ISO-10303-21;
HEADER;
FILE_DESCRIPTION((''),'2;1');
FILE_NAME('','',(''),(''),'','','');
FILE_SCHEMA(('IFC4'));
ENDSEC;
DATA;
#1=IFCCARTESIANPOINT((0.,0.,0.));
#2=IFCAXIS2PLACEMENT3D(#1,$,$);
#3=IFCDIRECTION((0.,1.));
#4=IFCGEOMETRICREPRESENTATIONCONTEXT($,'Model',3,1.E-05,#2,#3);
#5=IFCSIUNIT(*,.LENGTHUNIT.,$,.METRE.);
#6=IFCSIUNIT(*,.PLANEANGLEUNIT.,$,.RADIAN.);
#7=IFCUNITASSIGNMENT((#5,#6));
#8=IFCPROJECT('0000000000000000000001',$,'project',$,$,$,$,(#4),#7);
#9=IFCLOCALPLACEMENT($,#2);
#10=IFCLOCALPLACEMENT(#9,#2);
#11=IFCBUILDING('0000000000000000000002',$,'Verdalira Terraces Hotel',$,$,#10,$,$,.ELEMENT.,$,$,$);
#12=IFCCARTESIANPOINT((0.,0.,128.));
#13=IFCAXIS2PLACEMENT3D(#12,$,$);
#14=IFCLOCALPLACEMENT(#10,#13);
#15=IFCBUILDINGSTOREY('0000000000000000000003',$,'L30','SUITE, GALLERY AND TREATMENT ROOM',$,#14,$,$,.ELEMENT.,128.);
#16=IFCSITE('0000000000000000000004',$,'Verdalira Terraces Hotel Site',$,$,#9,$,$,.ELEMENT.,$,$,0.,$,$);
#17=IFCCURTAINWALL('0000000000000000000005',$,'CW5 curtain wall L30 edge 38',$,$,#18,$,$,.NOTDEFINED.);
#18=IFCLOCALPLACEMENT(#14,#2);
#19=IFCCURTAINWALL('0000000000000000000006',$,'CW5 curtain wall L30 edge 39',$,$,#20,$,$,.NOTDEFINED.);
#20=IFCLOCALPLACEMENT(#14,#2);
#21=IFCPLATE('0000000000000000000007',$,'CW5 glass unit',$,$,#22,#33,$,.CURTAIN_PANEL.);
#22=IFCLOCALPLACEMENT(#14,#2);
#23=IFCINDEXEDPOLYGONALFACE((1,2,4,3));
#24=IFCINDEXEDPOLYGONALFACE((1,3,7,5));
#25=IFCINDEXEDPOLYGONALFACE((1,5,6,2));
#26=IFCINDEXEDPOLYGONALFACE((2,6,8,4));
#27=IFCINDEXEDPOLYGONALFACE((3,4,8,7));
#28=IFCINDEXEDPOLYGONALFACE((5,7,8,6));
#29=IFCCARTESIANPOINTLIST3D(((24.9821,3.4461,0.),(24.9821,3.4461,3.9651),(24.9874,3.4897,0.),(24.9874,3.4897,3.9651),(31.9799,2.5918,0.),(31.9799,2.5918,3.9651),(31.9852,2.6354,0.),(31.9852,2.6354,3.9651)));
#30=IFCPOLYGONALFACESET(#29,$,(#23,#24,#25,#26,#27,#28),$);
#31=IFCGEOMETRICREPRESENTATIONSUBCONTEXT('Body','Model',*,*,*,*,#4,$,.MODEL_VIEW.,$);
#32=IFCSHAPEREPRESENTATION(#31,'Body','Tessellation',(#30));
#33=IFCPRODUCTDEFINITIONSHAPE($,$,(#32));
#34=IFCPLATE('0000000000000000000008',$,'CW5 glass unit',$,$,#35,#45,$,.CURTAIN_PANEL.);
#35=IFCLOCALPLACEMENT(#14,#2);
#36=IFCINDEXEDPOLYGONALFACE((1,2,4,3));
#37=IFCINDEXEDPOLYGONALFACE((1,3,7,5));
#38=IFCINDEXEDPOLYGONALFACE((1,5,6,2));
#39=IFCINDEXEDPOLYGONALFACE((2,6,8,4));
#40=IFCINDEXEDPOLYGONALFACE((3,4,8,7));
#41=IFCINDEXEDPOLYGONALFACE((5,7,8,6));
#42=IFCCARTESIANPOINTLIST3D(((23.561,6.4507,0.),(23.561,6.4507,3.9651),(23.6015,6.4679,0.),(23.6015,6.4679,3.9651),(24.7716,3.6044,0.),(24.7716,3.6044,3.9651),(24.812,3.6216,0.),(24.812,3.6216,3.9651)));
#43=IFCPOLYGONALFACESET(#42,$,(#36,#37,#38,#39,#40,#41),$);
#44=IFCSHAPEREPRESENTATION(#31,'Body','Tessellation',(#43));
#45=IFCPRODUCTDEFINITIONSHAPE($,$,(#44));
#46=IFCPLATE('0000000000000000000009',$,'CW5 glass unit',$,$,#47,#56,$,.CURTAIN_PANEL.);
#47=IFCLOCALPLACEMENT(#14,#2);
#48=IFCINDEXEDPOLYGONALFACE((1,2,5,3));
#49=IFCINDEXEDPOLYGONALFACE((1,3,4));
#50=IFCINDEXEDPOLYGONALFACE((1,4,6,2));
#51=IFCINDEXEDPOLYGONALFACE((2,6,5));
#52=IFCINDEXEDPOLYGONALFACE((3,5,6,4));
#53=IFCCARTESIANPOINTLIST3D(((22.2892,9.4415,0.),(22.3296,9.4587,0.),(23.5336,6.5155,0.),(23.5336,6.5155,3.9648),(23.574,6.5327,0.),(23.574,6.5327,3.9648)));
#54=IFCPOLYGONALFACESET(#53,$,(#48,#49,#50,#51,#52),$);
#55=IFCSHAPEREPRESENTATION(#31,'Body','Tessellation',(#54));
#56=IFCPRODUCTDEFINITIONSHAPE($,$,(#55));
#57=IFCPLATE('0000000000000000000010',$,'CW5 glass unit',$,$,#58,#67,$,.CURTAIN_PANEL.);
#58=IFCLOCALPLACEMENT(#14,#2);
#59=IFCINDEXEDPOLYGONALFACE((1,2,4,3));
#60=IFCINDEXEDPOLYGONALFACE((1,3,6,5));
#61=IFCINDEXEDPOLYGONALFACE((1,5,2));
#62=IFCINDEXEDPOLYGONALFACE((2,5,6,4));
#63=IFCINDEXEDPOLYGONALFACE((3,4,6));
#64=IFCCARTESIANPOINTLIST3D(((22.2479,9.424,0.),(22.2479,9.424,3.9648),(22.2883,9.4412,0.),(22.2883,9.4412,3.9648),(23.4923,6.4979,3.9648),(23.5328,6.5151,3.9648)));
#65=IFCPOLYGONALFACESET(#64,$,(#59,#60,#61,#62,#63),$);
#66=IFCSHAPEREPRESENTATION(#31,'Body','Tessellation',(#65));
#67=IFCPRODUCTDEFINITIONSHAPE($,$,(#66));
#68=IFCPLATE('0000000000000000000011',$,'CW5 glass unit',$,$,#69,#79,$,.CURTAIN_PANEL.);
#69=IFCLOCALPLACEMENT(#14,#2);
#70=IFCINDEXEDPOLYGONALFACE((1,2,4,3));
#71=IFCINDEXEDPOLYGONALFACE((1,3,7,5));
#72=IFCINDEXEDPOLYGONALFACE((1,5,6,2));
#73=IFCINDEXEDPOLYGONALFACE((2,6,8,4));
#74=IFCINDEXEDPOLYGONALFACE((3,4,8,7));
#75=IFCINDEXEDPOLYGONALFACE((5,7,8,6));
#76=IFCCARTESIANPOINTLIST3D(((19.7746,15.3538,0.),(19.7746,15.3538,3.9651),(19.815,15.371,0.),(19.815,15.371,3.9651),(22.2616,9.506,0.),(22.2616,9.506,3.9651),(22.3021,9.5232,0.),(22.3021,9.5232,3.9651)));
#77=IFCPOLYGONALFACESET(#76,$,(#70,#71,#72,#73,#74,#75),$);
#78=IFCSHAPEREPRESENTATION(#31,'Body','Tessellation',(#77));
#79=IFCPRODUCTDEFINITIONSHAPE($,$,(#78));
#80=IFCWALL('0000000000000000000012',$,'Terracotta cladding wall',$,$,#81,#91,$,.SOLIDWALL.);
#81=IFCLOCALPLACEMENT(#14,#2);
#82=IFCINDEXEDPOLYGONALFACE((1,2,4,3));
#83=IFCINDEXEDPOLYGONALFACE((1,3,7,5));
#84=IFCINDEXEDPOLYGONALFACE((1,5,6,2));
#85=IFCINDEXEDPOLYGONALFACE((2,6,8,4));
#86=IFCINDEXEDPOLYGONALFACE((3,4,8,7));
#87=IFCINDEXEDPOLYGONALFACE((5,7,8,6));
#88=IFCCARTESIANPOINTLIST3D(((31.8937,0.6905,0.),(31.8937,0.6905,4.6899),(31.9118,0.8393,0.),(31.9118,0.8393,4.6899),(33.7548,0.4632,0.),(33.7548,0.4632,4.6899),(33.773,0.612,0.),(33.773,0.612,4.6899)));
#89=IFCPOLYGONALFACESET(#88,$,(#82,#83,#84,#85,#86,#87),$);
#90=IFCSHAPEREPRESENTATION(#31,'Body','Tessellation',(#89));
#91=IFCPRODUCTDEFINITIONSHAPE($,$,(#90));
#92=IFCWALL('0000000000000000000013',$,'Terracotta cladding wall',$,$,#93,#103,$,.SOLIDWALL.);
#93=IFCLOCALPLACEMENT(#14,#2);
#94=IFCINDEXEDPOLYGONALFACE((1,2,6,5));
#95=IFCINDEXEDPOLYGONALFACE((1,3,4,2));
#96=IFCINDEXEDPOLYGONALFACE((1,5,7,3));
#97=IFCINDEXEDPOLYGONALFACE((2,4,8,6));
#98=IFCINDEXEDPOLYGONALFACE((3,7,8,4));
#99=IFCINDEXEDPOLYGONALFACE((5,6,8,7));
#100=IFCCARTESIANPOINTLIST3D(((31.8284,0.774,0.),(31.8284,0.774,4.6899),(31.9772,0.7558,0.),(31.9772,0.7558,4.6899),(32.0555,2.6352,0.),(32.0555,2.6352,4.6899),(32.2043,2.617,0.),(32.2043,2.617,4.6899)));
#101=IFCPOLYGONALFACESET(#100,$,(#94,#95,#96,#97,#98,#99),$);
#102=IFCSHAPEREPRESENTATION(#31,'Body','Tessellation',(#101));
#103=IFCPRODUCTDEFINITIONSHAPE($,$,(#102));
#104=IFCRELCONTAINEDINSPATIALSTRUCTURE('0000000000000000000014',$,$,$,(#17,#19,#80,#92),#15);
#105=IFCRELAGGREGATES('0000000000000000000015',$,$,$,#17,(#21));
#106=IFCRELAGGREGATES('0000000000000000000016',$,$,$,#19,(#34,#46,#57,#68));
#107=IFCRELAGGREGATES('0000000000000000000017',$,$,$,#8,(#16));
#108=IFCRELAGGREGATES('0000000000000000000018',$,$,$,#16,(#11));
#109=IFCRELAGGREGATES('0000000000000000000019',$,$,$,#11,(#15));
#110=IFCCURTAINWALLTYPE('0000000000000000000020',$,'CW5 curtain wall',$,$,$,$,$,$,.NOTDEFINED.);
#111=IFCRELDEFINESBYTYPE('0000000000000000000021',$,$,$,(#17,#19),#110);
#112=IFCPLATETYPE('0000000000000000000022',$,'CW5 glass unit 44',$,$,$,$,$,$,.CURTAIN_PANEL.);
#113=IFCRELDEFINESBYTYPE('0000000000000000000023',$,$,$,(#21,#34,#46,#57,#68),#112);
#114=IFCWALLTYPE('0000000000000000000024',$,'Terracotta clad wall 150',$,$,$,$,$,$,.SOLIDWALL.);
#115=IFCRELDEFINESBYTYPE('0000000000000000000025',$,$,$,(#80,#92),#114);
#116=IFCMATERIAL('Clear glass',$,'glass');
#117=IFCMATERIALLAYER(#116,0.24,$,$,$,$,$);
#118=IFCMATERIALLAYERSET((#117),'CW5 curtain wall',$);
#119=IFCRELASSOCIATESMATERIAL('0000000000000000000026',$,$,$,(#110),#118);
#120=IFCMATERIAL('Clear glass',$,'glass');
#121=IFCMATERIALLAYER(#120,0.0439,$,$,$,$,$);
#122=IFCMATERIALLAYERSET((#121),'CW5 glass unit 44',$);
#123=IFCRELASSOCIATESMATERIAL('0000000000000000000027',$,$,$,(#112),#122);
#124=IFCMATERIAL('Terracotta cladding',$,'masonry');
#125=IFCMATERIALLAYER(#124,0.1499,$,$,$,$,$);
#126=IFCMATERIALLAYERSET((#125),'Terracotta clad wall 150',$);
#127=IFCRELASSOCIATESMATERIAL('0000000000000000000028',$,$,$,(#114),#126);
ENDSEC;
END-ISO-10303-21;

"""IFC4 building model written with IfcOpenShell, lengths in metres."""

from ifc_helpers import new_model, si_unit, direction, frame, frame_2d, origin, origin_2d, place, context, subcontext, project, spatial, polyline, rectangle, outline, extrude, material, layer, layer_set, type_object, element, aggregate, save


model = new_model("IFC4")

# Units and contexts
model_context = context("Model", 3, precision=1e-05, world=origin(), true_north=direction((0.0, 1.0)))
body_context = subcontext(model_context, "Body", "Model", "MODEL_VIEW")
ifc_project = project(units=[si_unit("LENGTHUNIT", "METRE"), si_unit("PLANEANGLEUNIT", "RADIAN")], contexts=[model_context])

# Site, building, storey
site_placement = place(None, origin())
site = spatial("IfcSite", under=ifc_project, at=site_placement, Name="Verdalira Terraces Hotel Site", CompositionType="ELEMENT", RefElevation=0.0)
building_placement = place(site_placement, origin())
building = spatial("IfcBuilding", under=site, at=building_placement, Name="Verdalira Terraces Hotel", CompositionType="ELEMENT")
storey_placement = place(building_placement, frame((0.0, 0.0, 128.0)))
storey = spatial("IfcBuildingStorey", under=building, at=storey_placement, Name="L30", Description="SUITE, GALLERY AND TREATMENT ROOM", CompositionType="ELEMENT", Elevation=128.0)

# Curtain walls
ifc_material_1 = material(Name="Clear glass", Category="glass")
ifc_layer_1 = layer(ifc_material_1, 0.24)
ifc_layer_set_1 = layer_set([ifc_layer_1], Name="CW5 curtain wall")
curtain_wall_type = type_object("IfcCurtainWallType", Name="CW5 curtain wall", PredefinedType="NOTDEFINED", material=ifc_layer_set_1)
curtain_wall_1_placement = place(storey_placement, origin())
curtain_wall_1 = element("IfcCurtainWall", 1, at=curtain_wall_1_placement, inside=storey, type_object=curtain_wall_type, Name="CW5 curtain wall L30 edge 38", PredefinedType="NOTDEFINED")
curtain_wall_2_placement = place(storey_placement, origin())
curtain_wall_2 = element("IfcCurtainWall", 2, at=curtain_wall_2_placement, inside=storey, type_object=curtain_wall_type, Name="CW5 curtain wall L30 edge 39", PredefinedType="NOTDEFINED")

# Plates
ifc_material_2 = material(Name="Clear glass", Category="glass")
ifc_layer_2 = layer(ifc_material_2, 0.0439)
ifc_layer_set_2 = layer_set([ifc_layer_2], Name="CW5 glass unit 44")
plate_type = type_object("IfcPlateType", Name="CW5 glass unit 44", PredefinedType="CURTAIN_PANEL", material=ifc_layer_set_2)
plate_1_placement = place(storey_placement, frame((28.4836, 3.0408, 0.0), z_axis=(0.0, 0.0, 1.0), x_axis=(-0.992631, 0.121176, 0.0)))
plate_1 = element("IfcPlate", 3, at=plate_1_placement, type_object=plate_type, Name="CW5 glass unit", PredefinedType="CURTAIN_PANEL", context=body_context, shape_type="SweptSolid", body=[
    extrude(rectangle(XDim=7.0498, YDim=0.0439, at=origin_2d()), origin(), (0.0, 0.0, 1.0), 3.9651),
])
aggregate(curtain_wall_1, [plate_1])
plate_2_placement = place(storey_placement, frame((24.1865, 5.0361, 0.0), z_axis=(0.0, 0.0, 1.0), x_axis=(-0.391374, 0.920232, 0.0)))
plate_2 = element("IfcPlate", 4, at=plate_2_placement, type_object=plate_type, Name="CW5 glass unit", PredefinedType="CURTAIN_PANEL", context=body_context, shape_type="SweptSolid", body=[
    extrude(rectangle(XDim=3.093, YDim=0.0439, at=origin_2d()), origin(), (0.0, 0.0, 1.0), 3.9651),
])
plate_3_placement = place(storey_placement, frame((22.9114, 7.9785, 1.9824), z_axis=(0.920232, 0.391374, 0.0), x_axis=(-0.391374, 0.920232, 0.0)))
plate_3 = element("IfcPlate", 5, at=plate_3_placement, type_object=plate_type, Name="CW5 glass unit", PredefinedType="CURTAIN_PANEL", context=body_context, shape_type="SweptSolid", body=[
    extrude(outline(polyline([(-1.5898, -1.9824), (1.5898, -1.9824), (-1.5898, 1.9824), (-1.5898, -1.9824)])), origin(), (0.0, 0.0, 1.0), 0.0439),
])
plate_4_placement = place(storey_placement, frame((22.8701, 7.9609, 1.9824), z_axis=(0.920232, 0.391374, 0.0), x_axis=(-0.391374, 0.920232, 0.0)))
plate_4 = element("IfcPlate", 6, at=plate_4_placement, type_object=plate_type, Name="CW5 glass unit", PredefinedType="CURTAIN_PANEL", context=body_context, shape_type="SweptSolid", body=[
    extrude(outline(polyline([(1.5898, -1.9824), (1.5898, 1.9824), (-1.5898, 1.9824), (1.5898, -1.9824)])), origin(), (0.0, 0.0, 1.0), 0.0439),
])
plate_5_placement = place(storey_placement, frame((21.0383, 12.4385, 0.0), z_axis=(0.0, 0.0, 1.0), x_axis=(-0.391374, 0.920232, 0.0)))
plate_5 = element("IfcPlate", 7, at=plate_5_placement, type_object=plate_type, Name="CW5 glass unit", PredefinedType="CURTAIN_PANEL", context=body_context, shape_type="SweptSolid", body=[
    extrude(rectangle(XDim=6.3547, YDim=0.0439, at=origin_2d()), origin(), (0.0, 0.0, 1.0), 3.9651),
])
aggregate(curtain_wall_2, [plate_2, plate_3, plate_4, plate_5])

# Walls
ifc_material_3 = material(Name="Terracotta cladding", Category="masonry")
ifc_layer_3 = layer(ifc_material_3, 0.1499)
ifc_layer_set_3 = layer_set([ifc_layer_3], Name="Terracotta clad wall 150")
wall_type = type_object("IfcWallType", Name="Terracotta clad wall 150", PredefinedType="SOLIDWALL", material=ifc_layer_set_3)
for number, where, z_axis, x_axis, name in (
    (8, (33.7639, 0.5376, 0.0), (0.0, 0.0, 1.0), (-0.992624, 0.12123, 0.0), "Terracotta cladding wall"),
    (9, (31.9028, 0.7649, 0.0), (0.0, 0.0, 1.0), (0.121101, 0.99264, 0.0), "Terracotta cladding wall"),
):
    element("IfcWall", number, at=place(storey_placement, frame(where, z_axis=z_axis, x_axis=x_axis)), inside=storey, type_object=wall_type, Name=name, PredefinedType="SOLIDWALL", context=body_context, shape_type="SweptSolid", body=[
        extrude(rectangle(XDim=1.875, YDim=0.1499, at=frame_2d((0.9375, 0.0))), origin(), (0.0, 0.0, 1.0), 4.6899),
    ])

save(model, "model.ifc")
